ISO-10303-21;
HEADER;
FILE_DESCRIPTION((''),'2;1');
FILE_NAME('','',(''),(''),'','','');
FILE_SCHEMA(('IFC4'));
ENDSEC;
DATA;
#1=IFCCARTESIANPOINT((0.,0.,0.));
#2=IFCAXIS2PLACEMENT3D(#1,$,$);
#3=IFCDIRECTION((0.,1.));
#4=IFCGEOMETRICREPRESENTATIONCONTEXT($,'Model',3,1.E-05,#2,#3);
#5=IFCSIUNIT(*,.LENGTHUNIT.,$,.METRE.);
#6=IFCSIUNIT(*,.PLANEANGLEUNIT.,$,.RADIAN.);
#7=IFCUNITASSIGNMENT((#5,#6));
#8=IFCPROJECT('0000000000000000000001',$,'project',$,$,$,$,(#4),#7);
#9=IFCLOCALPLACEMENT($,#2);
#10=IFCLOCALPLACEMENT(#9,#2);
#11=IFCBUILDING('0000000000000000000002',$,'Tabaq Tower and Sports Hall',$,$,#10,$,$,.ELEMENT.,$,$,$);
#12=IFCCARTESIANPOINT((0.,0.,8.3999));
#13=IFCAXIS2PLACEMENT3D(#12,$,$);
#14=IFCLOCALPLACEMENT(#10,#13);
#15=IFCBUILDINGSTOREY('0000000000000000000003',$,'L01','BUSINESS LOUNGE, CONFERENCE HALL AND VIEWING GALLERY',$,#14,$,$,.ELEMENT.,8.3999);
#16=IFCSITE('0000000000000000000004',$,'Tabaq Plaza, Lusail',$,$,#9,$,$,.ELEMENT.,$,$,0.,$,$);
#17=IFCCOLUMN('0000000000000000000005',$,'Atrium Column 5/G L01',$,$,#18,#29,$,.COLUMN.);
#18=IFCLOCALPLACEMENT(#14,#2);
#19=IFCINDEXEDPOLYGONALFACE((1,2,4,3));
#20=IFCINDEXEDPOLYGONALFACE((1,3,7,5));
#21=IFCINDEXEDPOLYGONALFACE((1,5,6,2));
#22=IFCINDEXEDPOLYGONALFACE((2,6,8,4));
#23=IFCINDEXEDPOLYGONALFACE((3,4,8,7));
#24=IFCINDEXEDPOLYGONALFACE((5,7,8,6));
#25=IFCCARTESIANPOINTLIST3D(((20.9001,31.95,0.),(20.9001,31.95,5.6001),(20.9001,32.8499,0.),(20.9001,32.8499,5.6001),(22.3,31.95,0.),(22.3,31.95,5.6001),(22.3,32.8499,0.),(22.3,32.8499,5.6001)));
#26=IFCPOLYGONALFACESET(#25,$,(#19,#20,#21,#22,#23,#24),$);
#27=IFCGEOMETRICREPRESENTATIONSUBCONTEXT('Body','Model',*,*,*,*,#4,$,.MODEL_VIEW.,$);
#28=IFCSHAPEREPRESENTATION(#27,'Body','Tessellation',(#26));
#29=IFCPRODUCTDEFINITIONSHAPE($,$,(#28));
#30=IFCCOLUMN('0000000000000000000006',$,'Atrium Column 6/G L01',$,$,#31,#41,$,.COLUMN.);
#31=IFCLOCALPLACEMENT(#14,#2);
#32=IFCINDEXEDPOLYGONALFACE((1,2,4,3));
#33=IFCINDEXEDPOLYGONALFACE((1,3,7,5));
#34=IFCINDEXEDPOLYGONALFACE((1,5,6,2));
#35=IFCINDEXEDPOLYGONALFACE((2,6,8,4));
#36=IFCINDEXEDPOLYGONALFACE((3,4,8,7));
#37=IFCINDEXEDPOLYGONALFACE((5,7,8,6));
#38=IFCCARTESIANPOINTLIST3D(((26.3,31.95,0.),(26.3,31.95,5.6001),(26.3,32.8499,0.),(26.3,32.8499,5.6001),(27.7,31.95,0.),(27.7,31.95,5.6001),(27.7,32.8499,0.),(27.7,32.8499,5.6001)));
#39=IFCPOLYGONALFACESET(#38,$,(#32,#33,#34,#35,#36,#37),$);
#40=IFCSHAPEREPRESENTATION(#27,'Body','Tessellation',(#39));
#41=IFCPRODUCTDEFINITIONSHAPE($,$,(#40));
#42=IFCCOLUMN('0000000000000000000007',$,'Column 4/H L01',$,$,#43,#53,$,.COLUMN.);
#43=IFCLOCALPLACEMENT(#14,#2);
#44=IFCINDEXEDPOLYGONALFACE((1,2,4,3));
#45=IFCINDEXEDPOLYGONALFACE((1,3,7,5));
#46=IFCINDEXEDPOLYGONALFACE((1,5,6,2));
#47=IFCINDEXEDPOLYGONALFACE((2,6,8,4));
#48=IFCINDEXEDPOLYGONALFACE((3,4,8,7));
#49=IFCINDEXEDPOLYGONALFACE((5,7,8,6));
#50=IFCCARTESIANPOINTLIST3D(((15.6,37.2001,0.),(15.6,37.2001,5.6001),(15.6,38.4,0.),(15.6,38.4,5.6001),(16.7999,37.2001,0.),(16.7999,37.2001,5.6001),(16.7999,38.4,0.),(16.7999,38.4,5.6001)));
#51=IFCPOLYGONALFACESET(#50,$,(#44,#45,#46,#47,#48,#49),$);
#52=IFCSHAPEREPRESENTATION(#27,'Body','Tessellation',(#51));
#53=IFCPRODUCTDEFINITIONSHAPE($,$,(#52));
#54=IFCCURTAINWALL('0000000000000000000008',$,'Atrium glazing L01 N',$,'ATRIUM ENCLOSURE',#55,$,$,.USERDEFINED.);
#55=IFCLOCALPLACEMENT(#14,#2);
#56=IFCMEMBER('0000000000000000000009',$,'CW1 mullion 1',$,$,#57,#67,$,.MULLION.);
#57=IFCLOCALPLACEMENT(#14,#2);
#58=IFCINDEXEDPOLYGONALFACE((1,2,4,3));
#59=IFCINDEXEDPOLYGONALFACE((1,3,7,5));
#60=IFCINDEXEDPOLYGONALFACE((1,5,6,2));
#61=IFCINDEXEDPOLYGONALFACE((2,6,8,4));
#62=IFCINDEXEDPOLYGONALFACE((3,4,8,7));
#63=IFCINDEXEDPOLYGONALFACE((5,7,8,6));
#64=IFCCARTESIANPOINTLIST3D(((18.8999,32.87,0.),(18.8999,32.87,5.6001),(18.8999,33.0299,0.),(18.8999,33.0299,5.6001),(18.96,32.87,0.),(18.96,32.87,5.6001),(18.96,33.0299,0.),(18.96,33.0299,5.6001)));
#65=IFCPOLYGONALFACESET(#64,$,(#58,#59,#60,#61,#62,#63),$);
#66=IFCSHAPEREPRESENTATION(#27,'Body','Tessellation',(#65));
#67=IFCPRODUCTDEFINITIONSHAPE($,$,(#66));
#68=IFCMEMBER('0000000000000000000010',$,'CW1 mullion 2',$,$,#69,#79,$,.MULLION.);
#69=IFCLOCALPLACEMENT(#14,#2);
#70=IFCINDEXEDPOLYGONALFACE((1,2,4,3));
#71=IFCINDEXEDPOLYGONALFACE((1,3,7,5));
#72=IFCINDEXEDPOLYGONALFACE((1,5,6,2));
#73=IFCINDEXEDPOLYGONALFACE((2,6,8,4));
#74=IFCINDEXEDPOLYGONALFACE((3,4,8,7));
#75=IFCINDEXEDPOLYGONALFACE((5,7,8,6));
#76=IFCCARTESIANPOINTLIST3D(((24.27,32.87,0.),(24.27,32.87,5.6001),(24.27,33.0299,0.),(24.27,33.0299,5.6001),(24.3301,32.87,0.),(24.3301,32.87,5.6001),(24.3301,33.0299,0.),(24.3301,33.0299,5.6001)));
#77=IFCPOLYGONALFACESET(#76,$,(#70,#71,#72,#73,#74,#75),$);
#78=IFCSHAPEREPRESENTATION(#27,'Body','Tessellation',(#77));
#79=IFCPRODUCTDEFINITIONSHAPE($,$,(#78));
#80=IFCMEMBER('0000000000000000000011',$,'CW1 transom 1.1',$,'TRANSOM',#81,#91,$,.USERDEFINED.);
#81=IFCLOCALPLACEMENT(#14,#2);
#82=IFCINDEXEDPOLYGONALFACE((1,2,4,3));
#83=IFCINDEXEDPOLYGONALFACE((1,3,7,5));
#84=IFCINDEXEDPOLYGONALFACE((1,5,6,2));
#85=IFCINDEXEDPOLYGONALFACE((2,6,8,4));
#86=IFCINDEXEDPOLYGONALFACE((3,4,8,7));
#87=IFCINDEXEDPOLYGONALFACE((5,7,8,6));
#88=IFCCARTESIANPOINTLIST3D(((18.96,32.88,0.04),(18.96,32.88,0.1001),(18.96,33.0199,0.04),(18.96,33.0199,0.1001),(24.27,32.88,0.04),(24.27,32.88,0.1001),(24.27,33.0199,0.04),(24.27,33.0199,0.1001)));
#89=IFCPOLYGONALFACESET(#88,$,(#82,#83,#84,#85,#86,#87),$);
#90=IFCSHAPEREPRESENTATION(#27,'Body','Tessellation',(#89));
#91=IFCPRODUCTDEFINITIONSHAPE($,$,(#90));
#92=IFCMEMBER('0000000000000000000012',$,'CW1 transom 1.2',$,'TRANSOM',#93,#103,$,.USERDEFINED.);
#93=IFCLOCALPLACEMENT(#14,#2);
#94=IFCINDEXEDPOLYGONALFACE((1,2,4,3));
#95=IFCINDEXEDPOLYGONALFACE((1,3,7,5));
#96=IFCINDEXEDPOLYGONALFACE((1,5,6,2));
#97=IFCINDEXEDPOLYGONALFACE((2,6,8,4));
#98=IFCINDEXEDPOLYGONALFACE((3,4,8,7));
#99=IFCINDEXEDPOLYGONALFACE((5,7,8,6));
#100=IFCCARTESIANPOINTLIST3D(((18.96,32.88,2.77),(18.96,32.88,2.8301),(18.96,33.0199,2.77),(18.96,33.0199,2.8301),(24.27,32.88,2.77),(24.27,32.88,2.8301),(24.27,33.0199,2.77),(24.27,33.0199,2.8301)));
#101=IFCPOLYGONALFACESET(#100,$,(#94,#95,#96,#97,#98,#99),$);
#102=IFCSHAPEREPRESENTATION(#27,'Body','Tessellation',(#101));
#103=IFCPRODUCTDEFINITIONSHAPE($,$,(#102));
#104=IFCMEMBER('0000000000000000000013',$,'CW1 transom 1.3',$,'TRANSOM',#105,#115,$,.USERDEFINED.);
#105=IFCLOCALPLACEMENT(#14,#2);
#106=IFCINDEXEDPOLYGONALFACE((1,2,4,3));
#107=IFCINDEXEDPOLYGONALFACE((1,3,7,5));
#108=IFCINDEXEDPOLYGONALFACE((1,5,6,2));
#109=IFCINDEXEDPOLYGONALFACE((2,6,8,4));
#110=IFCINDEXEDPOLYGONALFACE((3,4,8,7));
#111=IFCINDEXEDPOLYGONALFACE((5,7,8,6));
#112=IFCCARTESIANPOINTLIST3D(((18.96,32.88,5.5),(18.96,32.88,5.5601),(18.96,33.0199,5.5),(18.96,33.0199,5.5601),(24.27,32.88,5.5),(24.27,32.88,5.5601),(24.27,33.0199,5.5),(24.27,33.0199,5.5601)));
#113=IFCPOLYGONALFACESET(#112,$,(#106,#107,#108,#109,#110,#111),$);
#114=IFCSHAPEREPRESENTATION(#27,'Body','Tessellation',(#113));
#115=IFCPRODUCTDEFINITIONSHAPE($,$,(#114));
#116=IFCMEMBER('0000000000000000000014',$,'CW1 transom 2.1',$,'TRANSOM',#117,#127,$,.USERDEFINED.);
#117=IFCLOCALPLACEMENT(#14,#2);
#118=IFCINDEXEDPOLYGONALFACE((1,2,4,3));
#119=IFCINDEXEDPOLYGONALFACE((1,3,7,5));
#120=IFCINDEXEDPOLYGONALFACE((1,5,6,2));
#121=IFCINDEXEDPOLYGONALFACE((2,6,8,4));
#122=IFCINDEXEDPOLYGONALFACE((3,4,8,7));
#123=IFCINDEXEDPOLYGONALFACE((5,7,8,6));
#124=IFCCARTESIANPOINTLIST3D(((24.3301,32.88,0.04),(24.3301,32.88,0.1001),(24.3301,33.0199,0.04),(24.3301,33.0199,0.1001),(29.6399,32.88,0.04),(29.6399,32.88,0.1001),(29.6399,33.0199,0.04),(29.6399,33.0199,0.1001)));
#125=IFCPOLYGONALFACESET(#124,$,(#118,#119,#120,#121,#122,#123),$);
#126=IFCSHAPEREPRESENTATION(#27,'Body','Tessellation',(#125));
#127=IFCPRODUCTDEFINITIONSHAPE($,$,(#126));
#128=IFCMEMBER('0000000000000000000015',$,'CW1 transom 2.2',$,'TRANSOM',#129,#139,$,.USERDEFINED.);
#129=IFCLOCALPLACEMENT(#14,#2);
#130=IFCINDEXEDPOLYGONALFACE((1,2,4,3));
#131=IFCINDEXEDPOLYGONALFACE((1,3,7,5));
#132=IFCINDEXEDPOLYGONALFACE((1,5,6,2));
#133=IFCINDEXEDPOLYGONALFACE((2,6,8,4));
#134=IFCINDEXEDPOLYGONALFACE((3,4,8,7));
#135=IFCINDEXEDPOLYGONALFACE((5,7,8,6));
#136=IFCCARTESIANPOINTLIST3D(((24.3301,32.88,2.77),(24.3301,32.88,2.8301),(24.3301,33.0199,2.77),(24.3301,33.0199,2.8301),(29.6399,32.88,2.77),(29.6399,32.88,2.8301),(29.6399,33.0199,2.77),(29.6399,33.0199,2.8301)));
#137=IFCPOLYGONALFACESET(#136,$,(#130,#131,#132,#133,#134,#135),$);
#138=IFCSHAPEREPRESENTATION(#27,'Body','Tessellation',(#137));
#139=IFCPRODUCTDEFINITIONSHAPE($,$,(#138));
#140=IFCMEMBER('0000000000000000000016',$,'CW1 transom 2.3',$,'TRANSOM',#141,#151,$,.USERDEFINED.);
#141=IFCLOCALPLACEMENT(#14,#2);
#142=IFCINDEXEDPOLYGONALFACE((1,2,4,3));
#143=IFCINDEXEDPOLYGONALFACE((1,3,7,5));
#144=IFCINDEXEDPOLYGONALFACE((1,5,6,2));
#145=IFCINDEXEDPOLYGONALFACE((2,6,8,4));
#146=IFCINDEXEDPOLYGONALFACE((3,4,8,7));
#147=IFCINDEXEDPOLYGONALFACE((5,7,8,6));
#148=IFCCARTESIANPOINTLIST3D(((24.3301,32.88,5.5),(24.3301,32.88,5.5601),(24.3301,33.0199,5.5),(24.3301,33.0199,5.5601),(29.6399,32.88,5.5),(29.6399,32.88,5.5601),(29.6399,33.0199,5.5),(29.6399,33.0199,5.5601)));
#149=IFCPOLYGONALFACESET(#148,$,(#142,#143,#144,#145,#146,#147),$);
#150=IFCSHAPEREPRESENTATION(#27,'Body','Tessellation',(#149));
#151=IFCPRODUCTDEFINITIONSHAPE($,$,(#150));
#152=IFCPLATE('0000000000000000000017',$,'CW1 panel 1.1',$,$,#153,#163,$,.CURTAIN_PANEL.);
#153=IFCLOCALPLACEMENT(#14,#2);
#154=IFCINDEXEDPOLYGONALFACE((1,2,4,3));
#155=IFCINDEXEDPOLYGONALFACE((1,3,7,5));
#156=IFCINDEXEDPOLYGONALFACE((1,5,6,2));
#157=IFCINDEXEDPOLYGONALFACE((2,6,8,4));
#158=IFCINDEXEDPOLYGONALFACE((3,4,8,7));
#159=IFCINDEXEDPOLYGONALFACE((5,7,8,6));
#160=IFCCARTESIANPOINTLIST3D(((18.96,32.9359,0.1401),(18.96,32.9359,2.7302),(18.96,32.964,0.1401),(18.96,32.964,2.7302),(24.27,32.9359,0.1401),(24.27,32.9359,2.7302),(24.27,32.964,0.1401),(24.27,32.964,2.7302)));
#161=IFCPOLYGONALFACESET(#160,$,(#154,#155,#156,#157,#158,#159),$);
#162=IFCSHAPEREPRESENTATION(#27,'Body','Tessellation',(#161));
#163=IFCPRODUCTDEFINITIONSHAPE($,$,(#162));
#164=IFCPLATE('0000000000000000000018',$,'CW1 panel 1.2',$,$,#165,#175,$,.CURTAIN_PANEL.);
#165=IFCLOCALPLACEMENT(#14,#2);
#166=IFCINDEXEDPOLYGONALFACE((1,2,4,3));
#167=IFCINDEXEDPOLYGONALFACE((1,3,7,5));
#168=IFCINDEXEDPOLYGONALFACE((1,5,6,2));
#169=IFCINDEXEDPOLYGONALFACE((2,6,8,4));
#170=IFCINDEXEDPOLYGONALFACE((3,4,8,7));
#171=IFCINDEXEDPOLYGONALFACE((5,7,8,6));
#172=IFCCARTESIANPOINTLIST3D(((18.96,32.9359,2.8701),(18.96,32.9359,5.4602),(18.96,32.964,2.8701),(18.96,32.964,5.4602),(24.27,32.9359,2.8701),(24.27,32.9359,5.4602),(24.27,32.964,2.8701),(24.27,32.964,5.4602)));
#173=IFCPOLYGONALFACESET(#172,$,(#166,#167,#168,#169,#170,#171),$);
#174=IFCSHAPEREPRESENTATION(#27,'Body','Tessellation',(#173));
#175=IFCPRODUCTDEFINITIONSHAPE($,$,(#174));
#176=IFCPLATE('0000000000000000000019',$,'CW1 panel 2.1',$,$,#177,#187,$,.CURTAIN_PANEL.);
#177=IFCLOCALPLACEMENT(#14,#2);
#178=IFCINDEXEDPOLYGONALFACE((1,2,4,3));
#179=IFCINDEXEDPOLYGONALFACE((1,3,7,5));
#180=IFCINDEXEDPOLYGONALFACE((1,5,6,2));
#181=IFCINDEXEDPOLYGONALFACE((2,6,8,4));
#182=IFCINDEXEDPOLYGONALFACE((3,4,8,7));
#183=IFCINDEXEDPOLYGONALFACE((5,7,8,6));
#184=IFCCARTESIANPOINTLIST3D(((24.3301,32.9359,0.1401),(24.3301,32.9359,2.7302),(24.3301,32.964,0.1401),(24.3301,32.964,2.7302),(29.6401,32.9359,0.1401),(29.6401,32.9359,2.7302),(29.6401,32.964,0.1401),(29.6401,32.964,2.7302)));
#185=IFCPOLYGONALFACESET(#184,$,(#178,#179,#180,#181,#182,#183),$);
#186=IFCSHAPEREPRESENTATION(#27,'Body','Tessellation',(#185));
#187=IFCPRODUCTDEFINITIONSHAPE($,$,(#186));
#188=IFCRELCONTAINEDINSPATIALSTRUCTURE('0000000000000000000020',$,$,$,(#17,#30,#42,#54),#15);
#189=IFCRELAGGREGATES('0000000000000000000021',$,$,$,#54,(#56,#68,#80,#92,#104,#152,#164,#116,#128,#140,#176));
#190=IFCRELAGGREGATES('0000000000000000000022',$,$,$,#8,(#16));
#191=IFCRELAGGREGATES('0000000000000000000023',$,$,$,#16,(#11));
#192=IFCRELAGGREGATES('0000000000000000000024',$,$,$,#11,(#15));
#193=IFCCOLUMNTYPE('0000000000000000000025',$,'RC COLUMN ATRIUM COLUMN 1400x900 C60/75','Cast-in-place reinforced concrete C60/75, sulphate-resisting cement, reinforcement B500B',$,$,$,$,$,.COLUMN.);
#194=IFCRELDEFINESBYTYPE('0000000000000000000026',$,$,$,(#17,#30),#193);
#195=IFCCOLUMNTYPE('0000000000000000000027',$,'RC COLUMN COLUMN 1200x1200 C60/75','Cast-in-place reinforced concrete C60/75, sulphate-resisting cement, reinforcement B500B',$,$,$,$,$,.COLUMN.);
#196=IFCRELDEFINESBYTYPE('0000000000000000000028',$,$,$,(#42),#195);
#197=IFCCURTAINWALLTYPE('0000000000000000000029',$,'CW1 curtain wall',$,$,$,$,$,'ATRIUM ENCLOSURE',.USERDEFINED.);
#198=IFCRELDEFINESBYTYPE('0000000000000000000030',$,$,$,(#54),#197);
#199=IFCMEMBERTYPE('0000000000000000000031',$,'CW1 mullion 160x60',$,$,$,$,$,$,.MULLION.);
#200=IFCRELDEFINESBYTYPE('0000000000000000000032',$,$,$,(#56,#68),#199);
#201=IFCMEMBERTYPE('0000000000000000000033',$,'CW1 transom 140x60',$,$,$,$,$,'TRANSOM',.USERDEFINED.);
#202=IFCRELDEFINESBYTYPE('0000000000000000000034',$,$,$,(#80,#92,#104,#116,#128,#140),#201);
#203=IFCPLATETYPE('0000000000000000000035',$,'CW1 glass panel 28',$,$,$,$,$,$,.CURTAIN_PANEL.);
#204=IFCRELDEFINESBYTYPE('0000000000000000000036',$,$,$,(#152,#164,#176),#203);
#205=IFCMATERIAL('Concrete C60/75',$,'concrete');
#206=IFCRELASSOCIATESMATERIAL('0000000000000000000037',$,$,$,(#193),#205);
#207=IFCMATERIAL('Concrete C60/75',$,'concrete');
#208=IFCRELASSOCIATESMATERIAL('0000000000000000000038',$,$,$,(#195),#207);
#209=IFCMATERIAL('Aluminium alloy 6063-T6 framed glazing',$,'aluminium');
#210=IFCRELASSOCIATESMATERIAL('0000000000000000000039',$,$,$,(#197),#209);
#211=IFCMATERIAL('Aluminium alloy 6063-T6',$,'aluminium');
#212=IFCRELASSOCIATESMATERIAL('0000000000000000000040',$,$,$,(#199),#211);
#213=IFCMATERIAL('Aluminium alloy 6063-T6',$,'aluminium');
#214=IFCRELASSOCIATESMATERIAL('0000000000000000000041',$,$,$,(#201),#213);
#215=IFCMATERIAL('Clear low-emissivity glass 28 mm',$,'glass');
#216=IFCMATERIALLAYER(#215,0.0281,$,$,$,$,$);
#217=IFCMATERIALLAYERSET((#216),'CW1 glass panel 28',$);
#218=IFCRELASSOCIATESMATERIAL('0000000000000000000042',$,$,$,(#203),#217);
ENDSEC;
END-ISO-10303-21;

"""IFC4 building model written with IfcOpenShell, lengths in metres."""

from ifc_helpers import new_model, si_unit, direction, frame, origin, origin_2d, place, context, subcontext, project, spatial, rectangle, extrude, material, layer, layer_set, material_profile, profile_set, type_object, element, aggregate, save


model = new_model("IFC4")

# Units and contexts
model_context = context("Model", 3, precision=1e-05, world=origin(), true_north=direction((0.0, 1.0)))
body_context = subcontext(model_context, "Body", "Model", "MODEL_VIEW")
ifc_project = project(units=[si_unit("LENGTHUNIT", "METRE"), si_unit("PLANEANGLEUNIT", "RADIAN")], contexts=[model_context])

# Site, building, storey
site_placement = place(None, origin())
site = spatial("IfcSite", under=ifc_project, at=site_placement, Name="Tabaq Plaza, Lusail", CompositionType="ELEMENT", RefElevation=0.0)
building_placement = place(site_placement, origin())
building = spatial("IfcBuilding", under=site, at=building_placement, Name="Tabaq Tower and Sports Hall", CompositionType="ELEMENT")
storey_placement = place(building_placement, frame((0.0, 0.0, 8.3999)))
storey = spatial("IfcBuildingStorey", under=building, at=storey_placement, Name="L01", Description="BUSINESS LOUNGE, CONFERENCE HALL AND VIEWING GALLERY", CompositionType="ELEMENT", Elevation=8.3999)

# Columns
ifc_material_1 = material(Name="Concrete C60/75", Category="concrete")
ifc_material_profile_1 = material_profile(ifc_material_1, rectangle(XDim=1.3999, YDim=0.8999, at=origin_2d()), Name="ATRIUM COLUMN 1400x900")
ifc_profile_set_1 = profile_set([ifc_material_profile_1], Name="Concrete C60/75")
column_type_1 = type_object("IfcColumnType", Name="RC COLUMN ATRIUM COLUMN 1400x900 C60/75", Description="Cast-in-place reinforced concrete C60/75, sulphate-resisting cement, reinforcement B500B", PredefinedType="COLUMN", material=ifc_profile_set_1)
for number, where, z_axis, x_axis, name in (
    (1, (21.6001, 32.3999, 0.0), (0.0, 0.0, 1.0), (1.0, 0.0, 0.0), "Atrium Column 5/G L01"),
    (2, (27.0, 32.3999, 0.0), (0.0, 0.0, 1.0), (1.0, 0.0, 0.0), "Atrium Column 6/G L01"),
):
    element("IfcColumn", number, at=place(storey_placement, frame(where, z_axis=z_axis, x_axis=x_axis)), inside=storey, type_object=column_type_1, Name=name, PredefinedType="COLUMN", context=body_context, shape_type="SweptSolid", body=[
        extrude(rectangle(XDim=1.3999, YDim=0.8999, at=origin_2d()), origin(), (0.0, 0.0, 1.0), 5.6001),
    ])
ifc_material_2 = material(Name="Concrete C60/75", Category="concrete")
ifc_material_profile_2 = material_profile(ifc_material_2, rectangle(XDim=1.2, YDim=1.2, at=origin_2d()), Name="COLUMN 1200x1200")
ifc_profile_set_2 = profile_set([ifc_material_profile_2], Name="Concrete C60/75")
column_type_2 = type_object("IfcColumnType", Name="RC COLUMN COLUMN 1200x1200 C60/75", Description="Cast-in-place reinforced concrete C60/75, sulphate-resisting cement, reinforcement B500B", PredefinedType="COLUMN", material=ifc_profile_set_2)
column_placement = place(storey_placement, frame((16.2, 37.8, 0.0), z_axis=(0.0, 0.0, 1.0), x_axis=(1.0, 0.0, 0.0)))
element("IfcColumn", 3, at=column_placement, inside=storey, type_object=column_type_2, Name="Column 4/H L01", PredefinedType="COLUMN", context=body_context, shape_type="SweptSolid", body=[
    extrude(rectangle(XDim=1.2, YDim=1.2, at=origin_2d()), origin(), (0.0, 0.0, 1.0), 5.6001),
])

# Curtain wall, members, plates
ifc_material_3 = material(Name="Aluminium alloy 6063-T6 framed glazing", Category="aluminium")
curtain_wall_type = type_object("IfcCurtainWallType", Name="CW1 curtain wall", ElementType="ATRIUM ENCLOSURE", PredefinedType="USERDEFINED", material=ifc_material_3)
curtain_wall_placement = place(storey_placement, origin())
curtain_wall = element("IfcCurtainWall", 4, at=curtain_wall_placement, inside=storey, type_object=curtain_wall_type, Name="Atrium glazing L01 N", ObjectType="ATRIUM ENCLOSURE", PredefinedType="USERDEFINED")
ifc_material_4 = material(Name="Aluminium alloy 6063-T6", Category="aluminium")
ifc_material_profile_3 = material_profile(ifc_material_4, rectangle(XDim=0.1599, YDim=0.0601, at=origin_2d()), Name="MULLION 160x60")
ifc_profile_set_3 = profile_set([ifc_material_profile_3], Name="Aluminium alloy 6063-T6")
member_type_1 = type_object("IfcMemberType", Name="CW1 mullion 160x60", PredefinedType="MULLION", material=ifc_profile_set_3)
member_1_placement = place(storey_placement, frame((18.9299, 32.95, 0.0), z_axis=(0.0, 0.0, 1.0), x_axis=(0.0, 1.0, 0.0)))
member_1 = element("IfcMember", 5, at=member_1_placement, type_object=member_type_1, Name="CW1 mullion 1", PredefinedType="MULLION", context=body_context, shape_type="SweptSolid", body=[
    extrude(rectangle(XDim=0.1599, YDim=0.0601, at=origin_2d()), origin(), (0.0, 0.0, 1.0), 5.6001),
])
member_2_placement = place(storey_placement, frame((24.3, 32.95, 0.0), z_axis=(0.0, 0.0, 1.0), x_axis=(0.0, 1.0, 0.0)))
member_2 = element("IfcMember", 6, at=member_2_placement, type_object=member_type_1, Name="CW1 mullion 2", PredefinedType="MULLION", context=body_context, shape_type="SweptSolid", body=[
    extrude(rectangle(XDim=0.1599, YDim=0.0601, at=origin_2d()), origin(), (0.0, 0.0, 1.0), 5.6001),
])
ifc_material_5 = material(Name="Aluminium alloy 6063-T6", Category="aluminium")
ifc_material_profile_4 = material_profile(ifc_material_5, rectangle(XDim=0.1399, YDim=0.0601, at=origin_2d()), Name="TRANSOM 140x60")
ifc_profile_set_4 = profile_set([ifc_material_profile_4], Name="Aluminium alloy 6063-T6")
member_type_2 = type_object("IfcMemberType", Name="CW1 transom 140x60", ElementType="TRANSOM", PredefinedType="USERDEFINED", material=ifc_profile_set_4)
member_3_placement = place(storey_placement, frame((18.96, 32.95, 0.0701), z_axis=(1.0, 0.0, 0.0), x_axis=(0.0, 1.0, 0.0)))
member_3 = element("IfcMember", 7, at=member_3_placement, type_object=member_type_2, Name="CW1 transom 1.1", ObjectType="TRANSOM", PredefinedType="USERDEFINED", context=body_context, shape_type="SweptSolid", body=[
    extrude(rectangle(XDim=0.1399, YDim=0.0601, at=origin_2d()), origin(), (0.0, 0.0, 1.0), 5.3101),
])
member_4_placement = place(storey_placement, frame((18.96, 32.95, 2.8), z_axis=(1.0, 0.0, 0.0), x_axis=(0.0, 1.0, 0.0)))
member_4 = element("IfcMember", 8, at=member_4_placement, type_object=member_type_2, Name="CW1 transom 1.2", ObjectType="TRANSOM", PredefinedType="USERDEFINED", context=body_context, shape_type="SweptSolid", body=[
    extrude(rectangle(XDim=0.1399, YDim=0.0601, at=origin_2d()), origin(), (0.0, 0.0, 1.0), 5.3101),
])
member_5_placement = place(storey_placement, frame((18.96, 32.95, 5.53), z_axis=(1.0, 0.0, 0.0), x_axis=(0.0, 1.0, 0.0)))
member_5 = element("IfcMember", 9, at=member_5_placement, type_object=member_type_2, Name="CW1 transom 1.3", ObjectType="TRANSOM", PredefinedType="USERDEFINED", context=body_context, shape_type="SweptSolid", body=[
    extrude(rectangle(XDim=0.1399, YDim=0.0601, at=origin_2d()), origin(), (0.0, 0.0, 1.0), 5.3101),
])
member_6_placement = place(storey_placement, frame((24.3301, 32.95, 0.0701), z_axis=(1.0, 0.0, 0.0), x_axis=(0.0, 1.0, 0.0)))
member_6 = element("IfcMember", 10, at=member_6_placement, type_object=member_type_2, Name="CW1 transom 2.1", ObjectType="TRANSOM", PredefinedType="USERDEFINED", context=body_context, shape_type="SweptSolid", body=[
    extrude(rectangle(XDim=0.1399, YDim=0.0601, at=origin_2d()), origin(), (0.0, 0.0, 1.0), 5.3098),
])
member_7_placement = place(storey_placement, frame((24.3301, 32.95, 2.8), z_axis=(1.0, 0.0, 0.0), x_axis=(0.0, 1.0, 0.0)))
member_7 = element("IfcMember", 11, at=member_7_placement, type_object=member_type_2, Name="CW1 transom 2.2", ObjectType="TRANSOM", PredefinedType="USERDEFINED", context=body_context, shape_type="SweptSolid", body=[
    extrude(rectangle(XDim=0.1399, YDim=0.0601, at=origin_2d()), origin(), (0.0, 0.0, 1.0), 5.3098),
])
member_8_placement = place(storey_placement, frame((24.3301, 32.95, 5.53), z_axis=(1.0, 0.0, 0.0), x_axis=(0.0, 1.0, 0.0)))
member_8 = element("IfcMember", 12, at=member_8_placement, type_object=member_type_2, Name="CW1 transom 2.3", ObjectType="TRANSOM", PredefinedType="USERDEFINED", context=body_context, shape_type="SweptSolid", body=[
    extrude(rectangle(XDim=0.1399, YDim=0.0601, at=origin_2d()), origin(), (0.0, 0.0, 1.0), 5.3098),
])
ifc_material_6 = material(Name="Clear low-emissivity glass 28 mm", Category="glass")
ifc_layer_1 = layer(ifc_material_6, 0.0281)
ifc_layer_set_1 = layer_set([ifc_layer_1], Name="CW1 glass panel 28")
plate_type = type_object("IfcPlateType", Name="CW1 glass panel 28", PredefinedType="CURTAIN_PANEL", material=ifc_layer_set_1)
plate_1_placement = place(storey_placement, frame((21.615, 32.95, 0.1401), z_axis=(0.0, 0.0, 1.0), x_axis=(1.0, 0.0, 0.0)))
plate_1 = element("IfcPlate", 13, at=plate_1_placement, type_object=plate_type, Name="CW1 panel 1.1", PredefinedType="CURTAIN_PANEL", context=body_context, shape_type="SweptSolid", body=[
    extrude(rectangle(XDim=5.3101, YDim=0.0281, at=origin_2d()), origin(), (0.0, 0.0, 1.0), 2.5901),
])
plate_2_placement = place(storey_placement, frame((21.615, 32.95, 2.8701), z_axis=(0.0, 0.0, 1.0), x_axis=(1.0, 0.0, 0.0)))
plate_2 = element("IfcPlate", 14, at=plate_2_placement, type_object=plate_type, Name="CW1 panel 1.2", PredefinedType="CURTAIN_PANEL", context=body_context, shape_type="SweptSolid", body=[
    extrude(rectangle(XDim=5.3101, YDim=0.0281, at=origin_2d()), origin(), (0.0, 0.0, 1.0), 2.5901),
])
plate_3_placement = place(storey_placement, frame((26.9851, 32.95, 0.1401), z_axis=(0.0, 0.0, 1.0), x_axis=(1.0, 0.0, 0.0)))
plate_3 = element("IfcPlate", 15, at=plate_3_placement, type_object=plate_type, Name="CW1 panel 2.1", PredefinedType="CURTAIN_PANEL", context=body_context, shape_type="SweptSolid", body=[
    extrude(rectangle(XDim=5.3101, YDim=0.0281, at=origin_2d()), origin(), (0.0, 0.0, 1.0), 2.5901),
])
aggregate(curtain_wall, [member_1, member_2, member_3, member_4, member_5, plate_1, plate_2, member_6, member_7, member_8, plate_3])

save(model, "model.ifc")
